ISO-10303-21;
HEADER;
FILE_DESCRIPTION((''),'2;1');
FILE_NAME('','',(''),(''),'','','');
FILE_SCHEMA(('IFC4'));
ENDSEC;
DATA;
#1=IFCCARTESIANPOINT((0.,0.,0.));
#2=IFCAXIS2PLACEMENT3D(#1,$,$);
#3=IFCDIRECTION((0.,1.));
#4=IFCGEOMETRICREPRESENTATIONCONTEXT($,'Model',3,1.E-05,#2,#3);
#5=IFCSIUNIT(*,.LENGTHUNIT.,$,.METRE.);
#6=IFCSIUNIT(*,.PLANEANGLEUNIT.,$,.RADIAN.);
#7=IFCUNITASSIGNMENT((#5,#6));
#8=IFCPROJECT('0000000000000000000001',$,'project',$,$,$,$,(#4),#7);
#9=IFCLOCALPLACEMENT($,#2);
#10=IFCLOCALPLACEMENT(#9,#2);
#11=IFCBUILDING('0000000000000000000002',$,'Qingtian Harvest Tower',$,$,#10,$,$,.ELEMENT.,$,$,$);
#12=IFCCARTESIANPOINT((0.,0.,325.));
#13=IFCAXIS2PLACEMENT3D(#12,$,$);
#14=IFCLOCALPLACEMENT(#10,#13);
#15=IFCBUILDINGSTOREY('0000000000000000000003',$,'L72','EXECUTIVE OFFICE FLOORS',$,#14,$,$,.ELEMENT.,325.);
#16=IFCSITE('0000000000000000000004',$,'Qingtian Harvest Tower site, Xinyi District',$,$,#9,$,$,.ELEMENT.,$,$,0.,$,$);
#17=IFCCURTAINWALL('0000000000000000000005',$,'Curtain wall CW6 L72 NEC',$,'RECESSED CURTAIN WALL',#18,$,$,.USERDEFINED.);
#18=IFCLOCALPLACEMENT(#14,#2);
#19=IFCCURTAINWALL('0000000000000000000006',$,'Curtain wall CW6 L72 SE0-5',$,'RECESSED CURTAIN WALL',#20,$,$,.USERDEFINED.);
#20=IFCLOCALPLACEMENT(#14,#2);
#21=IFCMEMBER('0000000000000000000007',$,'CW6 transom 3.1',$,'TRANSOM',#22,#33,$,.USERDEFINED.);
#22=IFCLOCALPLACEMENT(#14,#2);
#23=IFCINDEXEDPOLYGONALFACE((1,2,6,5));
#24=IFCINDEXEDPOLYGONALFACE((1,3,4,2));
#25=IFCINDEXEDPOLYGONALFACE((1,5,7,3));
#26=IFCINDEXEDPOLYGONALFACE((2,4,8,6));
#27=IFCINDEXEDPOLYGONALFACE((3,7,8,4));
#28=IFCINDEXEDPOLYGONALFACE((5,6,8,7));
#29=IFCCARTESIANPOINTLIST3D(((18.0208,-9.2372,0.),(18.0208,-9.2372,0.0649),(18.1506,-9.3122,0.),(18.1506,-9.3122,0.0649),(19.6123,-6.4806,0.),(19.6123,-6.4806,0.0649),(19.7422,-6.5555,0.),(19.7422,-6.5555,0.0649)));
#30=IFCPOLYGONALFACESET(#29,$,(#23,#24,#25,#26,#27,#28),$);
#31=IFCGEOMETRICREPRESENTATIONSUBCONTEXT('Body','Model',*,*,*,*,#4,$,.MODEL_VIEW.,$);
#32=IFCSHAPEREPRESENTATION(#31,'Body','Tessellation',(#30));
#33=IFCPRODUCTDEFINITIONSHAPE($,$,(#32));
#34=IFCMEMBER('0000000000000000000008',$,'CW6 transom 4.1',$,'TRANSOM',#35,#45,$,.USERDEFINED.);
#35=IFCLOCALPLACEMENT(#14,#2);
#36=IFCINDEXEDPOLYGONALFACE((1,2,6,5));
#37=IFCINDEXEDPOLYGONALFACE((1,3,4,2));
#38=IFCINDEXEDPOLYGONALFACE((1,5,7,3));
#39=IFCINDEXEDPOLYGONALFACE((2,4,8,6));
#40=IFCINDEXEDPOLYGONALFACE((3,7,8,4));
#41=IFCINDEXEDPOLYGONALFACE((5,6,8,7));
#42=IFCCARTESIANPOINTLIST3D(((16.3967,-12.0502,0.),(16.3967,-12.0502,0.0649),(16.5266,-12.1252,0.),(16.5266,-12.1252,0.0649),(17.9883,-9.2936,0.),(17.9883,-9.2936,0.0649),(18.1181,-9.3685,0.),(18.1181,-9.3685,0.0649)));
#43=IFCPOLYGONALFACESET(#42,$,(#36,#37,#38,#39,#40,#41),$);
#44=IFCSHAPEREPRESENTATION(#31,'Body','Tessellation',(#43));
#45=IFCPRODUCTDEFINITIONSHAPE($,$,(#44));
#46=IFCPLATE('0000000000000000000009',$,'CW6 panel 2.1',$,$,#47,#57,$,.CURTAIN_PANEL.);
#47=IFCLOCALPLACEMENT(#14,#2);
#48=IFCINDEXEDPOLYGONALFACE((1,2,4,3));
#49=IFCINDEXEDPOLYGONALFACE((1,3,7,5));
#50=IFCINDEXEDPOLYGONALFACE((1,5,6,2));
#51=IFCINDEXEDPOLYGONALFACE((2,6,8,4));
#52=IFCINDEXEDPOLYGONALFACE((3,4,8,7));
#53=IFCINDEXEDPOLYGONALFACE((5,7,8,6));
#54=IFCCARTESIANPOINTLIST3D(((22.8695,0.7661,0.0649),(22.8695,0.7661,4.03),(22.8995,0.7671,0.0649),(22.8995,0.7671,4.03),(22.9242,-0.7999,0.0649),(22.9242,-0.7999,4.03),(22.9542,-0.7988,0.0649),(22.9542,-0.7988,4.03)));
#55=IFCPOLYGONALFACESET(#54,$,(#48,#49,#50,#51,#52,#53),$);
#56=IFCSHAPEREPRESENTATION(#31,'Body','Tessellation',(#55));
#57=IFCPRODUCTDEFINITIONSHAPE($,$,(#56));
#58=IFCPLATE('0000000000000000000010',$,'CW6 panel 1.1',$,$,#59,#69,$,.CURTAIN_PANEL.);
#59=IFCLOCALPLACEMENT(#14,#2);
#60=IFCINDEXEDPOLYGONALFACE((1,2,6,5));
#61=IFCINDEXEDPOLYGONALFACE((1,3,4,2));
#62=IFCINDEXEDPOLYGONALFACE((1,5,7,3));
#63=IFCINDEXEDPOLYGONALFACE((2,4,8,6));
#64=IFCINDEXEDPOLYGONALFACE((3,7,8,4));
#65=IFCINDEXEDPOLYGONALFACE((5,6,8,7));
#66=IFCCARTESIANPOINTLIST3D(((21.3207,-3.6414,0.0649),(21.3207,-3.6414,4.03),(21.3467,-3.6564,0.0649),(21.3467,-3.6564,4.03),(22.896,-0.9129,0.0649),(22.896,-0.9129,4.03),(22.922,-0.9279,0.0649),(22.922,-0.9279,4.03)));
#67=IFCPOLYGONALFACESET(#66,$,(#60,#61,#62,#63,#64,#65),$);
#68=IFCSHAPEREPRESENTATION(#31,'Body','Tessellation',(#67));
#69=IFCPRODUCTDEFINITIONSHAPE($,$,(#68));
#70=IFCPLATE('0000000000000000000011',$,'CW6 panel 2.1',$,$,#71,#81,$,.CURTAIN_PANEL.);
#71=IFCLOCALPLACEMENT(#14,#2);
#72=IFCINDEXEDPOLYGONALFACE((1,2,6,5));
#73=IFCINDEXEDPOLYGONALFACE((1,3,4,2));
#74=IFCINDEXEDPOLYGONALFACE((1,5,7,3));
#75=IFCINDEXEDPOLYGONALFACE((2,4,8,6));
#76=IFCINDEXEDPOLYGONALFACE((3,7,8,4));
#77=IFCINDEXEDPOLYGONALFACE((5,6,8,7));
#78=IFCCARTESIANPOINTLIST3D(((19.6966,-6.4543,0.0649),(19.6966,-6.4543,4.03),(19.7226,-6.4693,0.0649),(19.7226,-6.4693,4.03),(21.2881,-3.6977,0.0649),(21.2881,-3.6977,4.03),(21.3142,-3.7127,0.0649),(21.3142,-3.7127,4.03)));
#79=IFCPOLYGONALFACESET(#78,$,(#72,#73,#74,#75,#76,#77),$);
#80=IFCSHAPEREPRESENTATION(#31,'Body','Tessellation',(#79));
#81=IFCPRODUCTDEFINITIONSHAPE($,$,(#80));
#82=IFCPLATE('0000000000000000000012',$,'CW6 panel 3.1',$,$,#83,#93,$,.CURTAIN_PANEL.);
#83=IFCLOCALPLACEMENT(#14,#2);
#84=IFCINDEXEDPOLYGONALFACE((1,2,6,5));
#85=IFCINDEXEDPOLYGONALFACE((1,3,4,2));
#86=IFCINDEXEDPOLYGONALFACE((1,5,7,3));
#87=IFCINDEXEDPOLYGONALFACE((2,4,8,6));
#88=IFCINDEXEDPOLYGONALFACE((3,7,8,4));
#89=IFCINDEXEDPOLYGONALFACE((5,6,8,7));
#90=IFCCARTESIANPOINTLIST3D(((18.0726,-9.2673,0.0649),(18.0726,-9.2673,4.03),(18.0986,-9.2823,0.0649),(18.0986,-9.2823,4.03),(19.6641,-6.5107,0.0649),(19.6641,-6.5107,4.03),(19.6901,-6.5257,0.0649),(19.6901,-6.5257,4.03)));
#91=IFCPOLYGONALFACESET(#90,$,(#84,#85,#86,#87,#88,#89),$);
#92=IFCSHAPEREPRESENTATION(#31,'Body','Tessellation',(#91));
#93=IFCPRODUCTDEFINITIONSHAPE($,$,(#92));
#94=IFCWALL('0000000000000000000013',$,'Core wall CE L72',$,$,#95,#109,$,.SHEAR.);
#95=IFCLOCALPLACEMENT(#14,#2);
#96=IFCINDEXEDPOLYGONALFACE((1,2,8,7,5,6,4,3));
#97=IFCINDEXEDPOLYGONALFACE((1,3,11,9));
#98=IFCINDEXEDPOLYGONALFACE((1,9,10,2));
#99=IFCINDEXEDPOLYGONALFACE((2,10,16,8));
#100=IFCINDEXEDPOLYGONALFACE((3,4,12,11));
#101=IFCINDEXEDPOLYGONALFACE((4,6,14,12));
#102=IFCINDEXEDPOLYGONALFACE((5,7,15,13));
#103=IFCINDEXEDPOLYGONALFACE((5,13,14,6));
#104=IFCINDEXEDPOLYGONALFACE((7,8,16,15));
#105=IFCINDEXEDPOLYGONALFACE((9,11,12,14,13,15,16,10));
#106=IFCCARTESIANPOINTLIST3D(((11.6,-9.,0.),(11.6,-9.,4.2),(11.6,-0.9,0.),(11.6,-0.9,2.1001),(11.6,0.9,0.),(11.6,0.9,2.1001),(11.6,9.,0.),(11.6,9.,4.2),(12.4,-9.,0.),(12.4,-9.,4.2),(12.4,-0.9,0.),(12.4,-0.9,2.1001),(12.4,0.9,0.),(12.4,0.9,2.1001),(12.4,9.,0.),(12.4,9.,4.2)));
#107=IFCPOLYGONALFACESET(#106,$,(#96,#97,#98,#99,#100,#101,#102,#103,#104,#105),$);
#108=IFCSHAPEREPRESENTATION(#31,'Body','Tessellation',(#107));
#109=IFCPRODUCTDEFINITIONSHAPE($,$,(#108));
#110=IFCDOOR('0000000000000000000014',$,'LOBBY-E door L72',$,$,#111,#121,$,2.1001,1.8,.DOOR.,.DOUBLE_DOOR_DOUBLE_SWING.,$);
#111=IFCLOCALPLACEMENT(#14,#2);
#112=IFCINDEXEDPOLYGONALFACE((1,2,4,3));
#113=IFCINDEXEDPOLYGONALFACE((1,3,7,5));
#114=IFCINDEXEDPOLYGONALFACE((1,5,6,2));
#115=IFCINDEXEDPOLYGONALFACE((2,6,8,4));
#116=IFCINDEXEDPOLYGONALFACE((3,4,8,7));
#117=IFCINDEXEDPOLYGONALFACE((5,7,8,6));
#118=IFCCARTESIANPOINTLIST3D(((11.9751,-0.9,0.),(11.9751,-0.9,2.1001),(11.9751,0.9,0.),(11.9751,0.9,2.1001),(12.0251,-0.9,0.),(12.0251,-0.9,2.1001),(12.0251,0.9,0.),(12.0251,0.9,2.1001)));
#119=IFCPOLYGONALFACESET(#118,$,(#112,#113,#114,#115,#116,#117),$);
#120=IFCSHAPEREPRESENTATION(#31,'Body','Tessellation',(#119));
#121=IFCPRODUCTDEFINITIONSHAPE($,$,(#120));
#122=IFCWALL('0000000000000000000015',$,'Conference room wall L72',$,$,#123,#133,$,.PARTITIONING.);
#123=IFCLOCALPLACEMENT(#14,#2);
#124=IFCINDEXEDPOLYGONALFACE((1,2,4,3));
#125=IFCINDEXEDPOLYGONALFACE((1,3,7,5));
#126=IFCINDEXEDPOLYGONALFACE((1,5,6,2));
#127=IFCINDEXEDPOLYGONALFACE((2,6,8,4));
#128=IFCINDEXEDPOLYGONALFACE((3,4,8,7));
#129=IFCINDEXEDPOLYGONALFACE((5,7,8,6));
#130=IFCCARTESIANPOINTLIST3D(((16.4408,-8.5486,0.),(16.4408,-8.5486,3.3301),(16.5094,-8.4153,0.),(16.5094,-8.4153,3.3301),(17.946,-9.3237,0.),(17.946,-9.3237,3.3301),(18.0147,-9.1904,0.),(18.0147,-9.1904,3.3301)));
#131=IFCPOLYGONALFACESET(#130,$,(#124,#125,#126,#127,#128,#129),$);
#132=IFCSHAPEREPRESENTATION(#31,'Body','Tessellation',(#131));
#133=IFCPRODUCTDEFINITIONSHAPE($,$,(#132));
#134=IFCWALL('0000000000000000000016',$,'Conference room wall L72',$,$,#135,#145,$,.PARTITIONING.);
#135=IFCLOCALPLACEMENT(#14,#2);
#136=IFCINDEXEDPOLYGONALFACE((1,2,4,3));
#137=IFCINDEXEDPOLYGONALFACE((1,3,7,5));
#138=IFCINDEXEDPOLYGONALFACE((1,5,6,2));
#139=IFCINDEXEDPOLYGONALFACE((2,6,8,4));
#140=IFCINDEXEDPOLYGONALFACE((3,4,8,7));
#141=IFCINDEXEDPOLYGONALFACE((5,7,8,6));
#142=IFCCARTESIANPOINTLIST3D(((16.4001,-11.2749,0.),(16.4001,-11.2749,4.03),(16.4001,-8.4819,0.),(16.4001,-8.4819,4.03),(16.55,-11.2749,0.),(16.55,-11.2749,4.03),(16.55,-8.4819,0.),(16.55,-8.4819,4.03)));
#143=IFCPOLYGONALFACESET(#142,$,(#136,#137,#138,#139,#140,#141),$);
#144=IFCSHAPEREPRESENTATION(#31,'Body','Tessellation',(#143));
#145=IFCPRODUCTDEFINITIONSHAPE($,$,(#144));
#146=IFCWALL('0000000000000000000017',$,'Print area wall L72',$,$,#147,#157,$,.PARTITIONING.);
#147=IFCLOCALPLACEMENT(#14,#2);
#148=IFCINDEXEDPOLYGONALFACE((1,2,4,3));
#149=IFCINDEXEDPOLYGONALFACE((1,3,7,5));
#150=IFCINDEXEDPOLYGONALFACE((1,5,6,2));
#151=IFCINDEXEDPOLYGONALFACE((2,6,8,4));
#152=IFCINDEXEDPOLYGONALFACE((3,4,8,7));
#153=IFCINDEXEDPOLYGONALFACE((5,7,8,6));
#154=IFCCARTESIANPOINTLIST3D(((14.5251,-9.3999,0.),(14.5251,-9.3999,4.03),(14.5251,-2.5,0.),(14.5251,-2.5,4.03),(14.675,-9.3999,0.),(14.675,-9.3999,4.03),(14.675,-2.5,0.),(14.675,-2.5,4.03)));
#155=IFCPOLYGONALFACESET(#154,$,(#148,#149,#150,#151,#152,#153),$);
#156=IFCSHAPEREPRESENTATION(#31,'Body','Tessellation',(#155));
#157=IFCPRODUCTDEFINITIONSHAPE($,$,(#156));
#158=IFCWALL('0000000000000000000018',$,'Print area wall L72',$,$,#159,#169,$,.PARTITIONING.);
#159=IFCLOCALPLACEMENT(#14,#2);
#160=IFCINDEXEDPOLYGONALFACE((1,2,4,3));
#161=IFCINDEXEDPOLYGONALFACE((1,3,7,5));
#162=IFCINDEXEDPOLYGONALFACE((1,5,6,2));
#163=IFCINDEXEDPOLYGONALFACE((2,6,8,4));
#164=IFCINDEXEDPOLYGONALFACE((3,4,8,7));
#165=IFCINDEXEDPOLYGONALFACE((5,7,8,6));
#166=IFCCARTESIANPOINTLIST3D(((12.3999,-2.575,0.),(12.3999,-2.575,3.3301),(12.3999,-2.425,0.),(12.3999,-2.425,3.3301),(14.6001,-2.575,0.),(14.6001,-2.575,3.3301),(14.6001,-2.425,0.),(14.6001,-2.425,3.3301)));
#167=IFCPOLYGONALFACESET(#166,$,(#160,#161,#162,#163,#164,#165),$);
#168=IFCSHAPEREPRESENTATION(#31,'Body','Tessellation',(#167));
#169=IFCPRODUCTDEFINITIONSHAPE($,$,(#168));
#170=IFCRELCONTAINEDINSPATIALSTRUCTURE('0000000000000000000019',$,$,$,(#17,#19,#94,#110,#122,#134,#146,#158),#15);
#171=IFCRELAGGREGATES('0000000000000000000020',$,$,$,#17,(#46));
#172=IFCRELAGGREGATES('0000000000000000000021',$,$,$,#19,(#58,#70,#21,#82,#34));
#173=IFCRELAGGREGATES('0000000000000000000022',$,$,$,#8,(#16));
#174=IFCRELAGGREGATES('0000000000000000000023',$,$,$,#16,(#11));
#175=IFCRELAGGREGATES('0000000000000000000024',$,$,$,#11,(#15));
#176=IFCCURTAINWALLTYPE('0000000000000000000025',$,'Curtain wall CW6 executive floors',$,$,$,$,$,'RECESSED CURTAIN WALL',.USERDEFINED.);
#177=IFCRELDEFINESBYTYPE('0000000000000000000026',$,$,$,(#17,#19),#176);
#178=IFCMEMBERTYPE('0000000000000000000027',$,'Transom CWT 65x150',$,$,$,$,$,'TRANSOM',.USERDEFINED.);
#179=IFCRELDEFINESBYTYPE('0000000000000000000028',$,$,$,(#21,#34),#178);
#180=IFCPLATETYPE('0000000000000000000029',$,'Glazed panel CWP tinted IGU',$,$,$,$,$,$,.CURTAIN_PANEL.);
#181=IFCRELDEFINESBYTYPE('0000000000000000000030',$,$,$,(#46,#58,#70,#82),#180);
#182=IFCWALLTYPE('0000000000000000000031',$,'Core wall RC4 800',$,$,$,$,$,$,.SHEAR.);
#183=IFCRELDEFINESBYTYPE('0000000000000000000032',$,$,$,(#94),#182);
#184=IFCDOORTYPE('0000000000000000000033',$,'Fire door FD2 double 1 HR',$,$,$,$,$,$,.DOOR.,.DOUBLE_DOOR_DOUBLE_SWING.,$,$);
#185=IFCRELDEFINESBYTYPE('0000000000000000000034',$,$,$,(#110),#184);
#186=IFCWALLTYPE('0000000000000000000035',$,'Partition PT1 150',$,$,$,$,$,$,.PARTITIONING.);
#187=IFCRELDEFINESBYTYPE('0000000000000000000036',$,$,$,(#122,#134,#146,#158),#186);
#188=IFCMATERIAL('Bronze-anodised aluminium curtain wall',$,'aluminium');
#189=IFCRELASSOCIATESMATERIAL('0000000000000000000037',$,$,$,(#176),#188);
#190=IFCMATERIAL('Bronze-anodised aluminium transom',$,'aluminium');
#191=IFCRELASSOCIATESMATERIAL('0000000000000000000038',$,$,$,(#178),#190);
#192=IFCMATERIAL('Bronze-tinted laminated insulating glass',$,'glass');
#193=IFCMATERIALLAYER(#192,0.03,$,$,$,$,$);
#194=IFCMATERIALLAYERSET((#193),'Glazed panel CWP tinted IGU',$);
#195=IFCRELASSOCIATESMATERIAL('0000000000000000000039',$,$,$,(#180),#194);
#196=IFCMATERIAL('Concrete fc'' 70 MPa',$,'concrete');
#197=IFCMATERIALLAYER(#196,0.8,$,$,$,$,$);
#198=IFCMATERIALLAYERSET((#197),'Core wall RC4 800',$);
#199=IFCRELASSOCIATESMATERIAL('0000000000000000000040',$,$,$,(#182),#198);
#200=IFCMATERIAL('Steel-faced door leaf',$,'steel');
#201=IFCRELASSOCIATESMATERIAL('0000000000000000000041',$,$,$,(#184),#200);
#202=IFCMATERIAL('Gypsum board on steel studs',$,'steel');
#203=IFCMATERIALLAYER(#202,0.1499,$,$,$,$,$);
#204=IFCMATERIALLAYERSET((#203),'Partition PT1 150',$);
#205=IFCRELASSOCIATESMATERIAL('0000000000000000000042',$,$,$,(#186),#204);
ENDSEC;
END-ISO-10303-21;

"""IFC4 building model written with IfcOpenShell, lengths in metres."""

from ifc_helpers import new_model, si_unit, direction, frame, frame_2d, origin, origin_2d, place, context, subcontext, project, spatial, rectangle, extrude, material, layer, layer_set, material_profile, profile_set, type_object, element, fill, aggregate, save


model = new_model("IFC4")

# Units and contexts
model_context = context("Model", 3, precision=1e-05, world=origin(), true_north=direction((0.0, 1.0)))
body_context = subcontext(model_context, "Body", "Model", "MODEL_VIEW")
ifc_project = project(units=[si_unit("LENGTHUNIT", "METRE"), si_unit("PLANEANGLEUNIT", "RADIAN")], contexts=[model_context])

# Site, building, storey
site_placement = place(None, origin())
site = spatial("IfcSite", under=ifc_project, at=site_placement, Name="Qingtian Harvest Tower site, Xinyi District", CompositionType="ELEMENT", RefElevation=0.0)
building_placement = place(site_placement, origin())
building = spatial("IfcBuilding", under=site, at=building_placement, Name="Qingtian Harvest Tower", CompositionType="ELEMENT")
storey_placement = place(building_placement, frame((0.0, 0.0, 325.0)))
storey = spatial("IfcBuildingStorey", under=building, at=storey_placement, Name="L72", Description="EXECUTIVE OFFICE FLOORS", CompositionType="ELEMENT", Elevation=325.0)

# Curtain wall
ifc_material_1 = material(Name="Bronze-anodised aluminium curtain wall", Category="aluminium")
curtain_wall_type = type_object("IfcCurtainWallType", Name="Curtain wall CW6 executive floors", ElementType="RECESSED CURTAIN WALL", PredefinedType="USERDEFINED", material=ifc_material_1)
curtain_wall_1_placement = place(storey_placement, origin())
curtain_wall_1 = element("IfcCurtainWall", 1, at=curtain_wall_1_placement, inside=storey, type_object=curtain_wall_type, Name="Curtain wall CW6 L72 NEC", ObjectType="RECESSED CURTAIN WALL", PredefinedType="USERDEFINED")

# Curtain wall
curtain_wall_2_placement = place(storey_placement, origin())
curtain_wall_2 = element("IfcCurtainWall", 2, at=curtain_wall_2_placement, inside=storey, type_object=curtain_wall_type, Name="Curtain wall CW6 L72 SE0-5", ObjectType="RECESSED CURTAIN WALL", PredefinedType="USERDEFINED")

# Members
ifc_material_2 = material(Name="Bronze-anodised aluminium transom", Category="aluminium")
ifc_material_profile_1 = material_profile(ifc_material_2, rectangle(XDim=0.1499, YDim=0.0649, at=origin_2d()), Name="AL 65x150")
ifc_profile_set_1 = profile_set([ifc_material_profile_1], Name="Bronze-anodised aluminium transom")
member_type_1 = type_object("IfcMemberType", Name="Transom CWT 65x150", ElementType="TRANSOM", PredefinedType="USERDEFINED", material=ifc_profile_set_1)
member_1_placement = place(storey_placement, frame((19.6772, -6.5181, 0.0325), z_axis=(-0.500008, -0.866021, 0.0), x_axis=(0.866021, -0.500008, 0.0)))
member_1 = element("IfcMember", 3, at=member_1_placement, type_object=member_type_1, Name="CW6 transom 3.1", ObjectType="TRANSOM", PredefinedType="USERDEFINED", context=body_context, shape_type="SweptSolid", body=[
    extrude(rectangle(XDim=0.1499, YDim=0.0649, at=origin_2d()), origin(), (0.0, 0.0, 1.0), 3.1831),
])
member_2_placement = place(storey_placement, frame((18.0532, -9.3311, 0.0325), z_axis=(-0.500008, -0.866021, 0.0), x_axis=(0.866021, -0.500008, 0.0)))
member_2 = element("IfcMember", 4, at=member_2_placement, type_object=member_type_1, Name="CW6 transom 4.1", ObjectType="TRANSOM", PredefinedType="USERDEFINED", context=body_context, shape_type="SweptSolid", body=[
    extrude(rectangle(XDim=0.1499, YDim=0.0649, at=origin_2d()), origin(), (0.0, 0.0, 1.0), 3.1831),
])

# Plates
ifc_material_3 = material(Name="Bronze-tinted laminated insulating glass", Category="glass")
ifc_layer_1 = layer(ifc_material_3, 0.03)
ifc_layer_set_1 = layer_set([ifc_layer_1], Name="Glazed panel CWP tinted IGU")
plate_type = type_object("IfcPlateType", Name="Glazed panel CWP tinted IGU", PredefinedType="CURTAIN_PANEL", material=ifc_layer_set_1)
plate_1_placement = place(storey_placement, frame((22.9119, -0.0164, 0.0649), z_axis=(0.0, 0.0, 1.0), x_axis=(0.034899, -0.999391, 0.0)))
plate_1 = element("IfcPlate", 5, at=plate_1_placement, type_object=plate_type, Name="CW6 panel 2.1", PredefinedType="CURTAIN_PANEL", context=body_context, shape_type="SweptSolid", body=[
    extrude(rectangle(XDim=1.5669, YDim=0.03, at=origin_2d()), origin(), (0.0, 0.0, 1.0), 3.9651),
])
aggregate(curtain_wall_1, [plate_1])
plate_2_placement = place(storey_placement, frame((22.1213, -2.2847, 0.0649), z_axis=(0.0, 0.0, 1.0), x_axis=(-0.5, -0.866025, 0.0)))
plate_2 = element("IfcPlate", 6, at=plate_2_placement, type_object=plate_type, Name="CW6 panel 1.1", PredefinedType="CURTAIN_PANEL", context=body_context, shape_type="SweptSolid", body=[
    extrude(rectangle(XDim=3.1506, YDim=0.03, at=origin_2d()), origin(), (0.0, 0.0, 1.0), 3.9651),
])
plate_3_placement = place(storey_placement, frame((20.5054, -5.0835, 0.0649), z_axis=(0.0, 0.0, 1.0), x_axis=(-0.5, -0.866025, 0.0)))
plate_3 = element("IfcPlate", 7, at=plate_3_placement, type_object=plate_type, Name="CW6 panel 2.1", PredefinedType="CURTAIN_PANEL", context=body_context, shape_type="SweptSolid", body=[
    extrude(rectangle(XDim=3.1831, YDim=0.03, at=origin_2d()), origin(), (0.0, 0.0, 1.0), 3.9651),
])
plate_4_placement = place(storey_placement, frame((18.8813, -7.8965, 0.0649), z_axis=(0.0, 0.0, 1.0), x_axis=(-0.5, -0.866025, 0.0)))
plate_4 = element("IfcPlate", 8, at=plate_4_placement, type_object=plate_type, Name="CW6 panel 3.1", PredefinedType="CURTAIN_PANEL", context=body_context, shape_type="SweptSolid", body=[
    extrude(rectangle(XDim=3.1831, YDim=0.03, at=origin_2d()), origin(), (0.0, 0.0, 1.0), 3.9651),
])
aggregate(curtain_wall_2, [plate_2, plate_3, member_1, plate_4, member_2])

# Wall, opening, door
ifc_material_4 = material(Name="Concrete fc' 70 MPa", Category="concrete")
ifc_layer_2 = layer(ifc_material_4, 0.8)
ifc_layer_set_2 = layer_set([ifc_layer_2], Name="Core wall RC4 800")
wall_type_1 = type_object("IfcWallType", Name="Core wall RC4 800", PredefinedType="SHEAR", material=ifc_layer_set_2)
wall_1_placement = place(storey_placement, frame((12.0, -9.0, 0.0), z_axis=(0.0, 0.0, 1.0), x_axis=(0.0, 1.0, 0.0)))
wall_1 = element("IfcWall", 9, at=wall_1_placement, inside=storey, type_object=wall_type_1, Name="Core wall CE L72", PredefinedType="SHEAR", context=body_context, shape_type="SweptSolid", body=[
    extrude(rectangle(XDim=18.0, YDim=0.8, at=frame_2d((9.0, 0.0))), origin(), (0.0, 0.0, 1.0), 4.2),
])
opening_placement = place(wall_1_placement, frame((8.1001, 0.0, 0.0)))
opening = element("IfcOpeningElement", 10, at=opening_placement, cuts=wall_1, PredefinedType="OPENING", context=body_context, shape_type="SweptSolid", body=[
    extrude(rectangle(XDim=1.8, YDim=2.1001, at=frame_2d((0.8999, 1.05))), frame((0.0, 0.4099, 0.0), z_axis=(0.0, -1.0, 0.0), x_axis=(1.0, 0.0, 0.0)), (0.0, 0.0, 1.0), 0.8201),
])
ifc_material_5 = material(Name="Steel-faced door leaf", Category="steel")
door_type = type_object("IfcDoorType", Name="Fire door FD2 double 1 HR", OperationType="DOUBLE_DOOR_DOUBLE_SWING", PredefinedType="DOOR", material=ifc_material_5)
door_placement = place(opening_placement, origin())
door = element("IfcDoor", 11, at=door_placement, inside=storey, type_object=door_type, Name="LOBBY-E door L72", OperationType="DOUBLE_DOOR_DOUBLE_SWING", OverallHeight=2.1001, OverallWidth=1.8, PredefinedType="DOOR", context=body_context, shape_type="SweptSolid", body=[
    extrude(rectangle(XDim=1.8, YDim=2.1001, at=frame_2d((0.8999, 1.05))), frame((0.0, 0.0249, 0.0), z_axis=(0.0, -1.0, 0.0), x_axis=(1.0, 0.0, 0.0)), (0.0, 0.0, 1.0), 0.05),
])
fill(opening, door)

# Walls
ifc_material_6 = material(Name="Gypsum board on steel studs", Category="steel")
ifc_layer_3 = layer(ifc_material_6, 0.1499)
ifc_layer_set_3 = layer_set([ifc_layer_3], Name="Partition PT1 150")
wall_type_2 = type_object("IfcWallType", Name="Partition PT1 150", PredefinedType="PARTITIONING", material=ifc_layer_set_3)
wall_2_placement = place(storey_placement, frame((17.9805, -9.2571, 0.0), z_axis=(0.0, 0.0, 1.0), x_axis=(-0.889058, 0.457794, 0.0)))
element("IfcWall", 12, at=wall_2_placement, inside=storey, type_object=wall_type_2, Name="Conference room wall L72", PredefinedType="PARTITIONING", context=body_context, shape_type="SweptSolid", body=[
    extrude(rectangle(XDim=1.6931, YDim=0.1499, at=frame_2d((0.8467, 0.0))), origin(), (0.0, 0.0, 1.0), 3.3301),
])
wall_3_placement = place(storey_placement, frame((16.4751, -8.4819, 0.0), z_axis=(0.0, 0.0, 1.0), x_axis=(0.0, -1.0, 0.0)))
element("IfcWall", 13, at=wall_3_placement, inside=storey, type_object=wall_type_2, Name="Conference room wall L72", PredefinedType="PARTITIONING", context=body_context, shape_type="SweptSolid", body=[
    extrude(rectangle(XDim=2.793, YDim=0.1499, at=frame_2d((1.3965, 0.0))), origin(), (0.0, 0.0, 1.0), 4.03),
])
wall_4_placement = place(storey_placement, frame((14.6001, -9.3999, 0.0), z_axis=(0.0, 0.0, 1.0), x_axis=(0.0, 1.0, 0.0)))
element("IfcWall", 14, at=wall_4_placement, inside=storey, type_object=wall_type_2, Name="Print area wall L72", PredefinedType="PARTITIONING", context=body_context, shape_type="SweptSolid", body=[
    extrude(rectangle(XDim=6.8999, YDim=0.1499, at=frame_2d((3.45, 0.0))), origin(), (0.0, 0.0, 1.0), 4.03),
])
wall_5_placement = place(storey_placement, frame((12.3999, -2.5, 0.0), z_axis=(0.0, 0.0, 1.0), x_axis=(1.0, 0.0, 0.0)))
element("IfcWall", 15, at=wall_5_placement, inside=storey, type_object=wall_type_2, Name="Print area wall L72", PredefinedType="PARTITIONING", context=body_context, shape_type="SweptSolid", body=[
    extrude(rectangle(XDim=2.2002, YDim=0.1499, at=frame_2d((1.1001, 0.0))), origin(), (0.0, 0.0, 1.0), 3.3301),
])

save(model, "model.ifc")
